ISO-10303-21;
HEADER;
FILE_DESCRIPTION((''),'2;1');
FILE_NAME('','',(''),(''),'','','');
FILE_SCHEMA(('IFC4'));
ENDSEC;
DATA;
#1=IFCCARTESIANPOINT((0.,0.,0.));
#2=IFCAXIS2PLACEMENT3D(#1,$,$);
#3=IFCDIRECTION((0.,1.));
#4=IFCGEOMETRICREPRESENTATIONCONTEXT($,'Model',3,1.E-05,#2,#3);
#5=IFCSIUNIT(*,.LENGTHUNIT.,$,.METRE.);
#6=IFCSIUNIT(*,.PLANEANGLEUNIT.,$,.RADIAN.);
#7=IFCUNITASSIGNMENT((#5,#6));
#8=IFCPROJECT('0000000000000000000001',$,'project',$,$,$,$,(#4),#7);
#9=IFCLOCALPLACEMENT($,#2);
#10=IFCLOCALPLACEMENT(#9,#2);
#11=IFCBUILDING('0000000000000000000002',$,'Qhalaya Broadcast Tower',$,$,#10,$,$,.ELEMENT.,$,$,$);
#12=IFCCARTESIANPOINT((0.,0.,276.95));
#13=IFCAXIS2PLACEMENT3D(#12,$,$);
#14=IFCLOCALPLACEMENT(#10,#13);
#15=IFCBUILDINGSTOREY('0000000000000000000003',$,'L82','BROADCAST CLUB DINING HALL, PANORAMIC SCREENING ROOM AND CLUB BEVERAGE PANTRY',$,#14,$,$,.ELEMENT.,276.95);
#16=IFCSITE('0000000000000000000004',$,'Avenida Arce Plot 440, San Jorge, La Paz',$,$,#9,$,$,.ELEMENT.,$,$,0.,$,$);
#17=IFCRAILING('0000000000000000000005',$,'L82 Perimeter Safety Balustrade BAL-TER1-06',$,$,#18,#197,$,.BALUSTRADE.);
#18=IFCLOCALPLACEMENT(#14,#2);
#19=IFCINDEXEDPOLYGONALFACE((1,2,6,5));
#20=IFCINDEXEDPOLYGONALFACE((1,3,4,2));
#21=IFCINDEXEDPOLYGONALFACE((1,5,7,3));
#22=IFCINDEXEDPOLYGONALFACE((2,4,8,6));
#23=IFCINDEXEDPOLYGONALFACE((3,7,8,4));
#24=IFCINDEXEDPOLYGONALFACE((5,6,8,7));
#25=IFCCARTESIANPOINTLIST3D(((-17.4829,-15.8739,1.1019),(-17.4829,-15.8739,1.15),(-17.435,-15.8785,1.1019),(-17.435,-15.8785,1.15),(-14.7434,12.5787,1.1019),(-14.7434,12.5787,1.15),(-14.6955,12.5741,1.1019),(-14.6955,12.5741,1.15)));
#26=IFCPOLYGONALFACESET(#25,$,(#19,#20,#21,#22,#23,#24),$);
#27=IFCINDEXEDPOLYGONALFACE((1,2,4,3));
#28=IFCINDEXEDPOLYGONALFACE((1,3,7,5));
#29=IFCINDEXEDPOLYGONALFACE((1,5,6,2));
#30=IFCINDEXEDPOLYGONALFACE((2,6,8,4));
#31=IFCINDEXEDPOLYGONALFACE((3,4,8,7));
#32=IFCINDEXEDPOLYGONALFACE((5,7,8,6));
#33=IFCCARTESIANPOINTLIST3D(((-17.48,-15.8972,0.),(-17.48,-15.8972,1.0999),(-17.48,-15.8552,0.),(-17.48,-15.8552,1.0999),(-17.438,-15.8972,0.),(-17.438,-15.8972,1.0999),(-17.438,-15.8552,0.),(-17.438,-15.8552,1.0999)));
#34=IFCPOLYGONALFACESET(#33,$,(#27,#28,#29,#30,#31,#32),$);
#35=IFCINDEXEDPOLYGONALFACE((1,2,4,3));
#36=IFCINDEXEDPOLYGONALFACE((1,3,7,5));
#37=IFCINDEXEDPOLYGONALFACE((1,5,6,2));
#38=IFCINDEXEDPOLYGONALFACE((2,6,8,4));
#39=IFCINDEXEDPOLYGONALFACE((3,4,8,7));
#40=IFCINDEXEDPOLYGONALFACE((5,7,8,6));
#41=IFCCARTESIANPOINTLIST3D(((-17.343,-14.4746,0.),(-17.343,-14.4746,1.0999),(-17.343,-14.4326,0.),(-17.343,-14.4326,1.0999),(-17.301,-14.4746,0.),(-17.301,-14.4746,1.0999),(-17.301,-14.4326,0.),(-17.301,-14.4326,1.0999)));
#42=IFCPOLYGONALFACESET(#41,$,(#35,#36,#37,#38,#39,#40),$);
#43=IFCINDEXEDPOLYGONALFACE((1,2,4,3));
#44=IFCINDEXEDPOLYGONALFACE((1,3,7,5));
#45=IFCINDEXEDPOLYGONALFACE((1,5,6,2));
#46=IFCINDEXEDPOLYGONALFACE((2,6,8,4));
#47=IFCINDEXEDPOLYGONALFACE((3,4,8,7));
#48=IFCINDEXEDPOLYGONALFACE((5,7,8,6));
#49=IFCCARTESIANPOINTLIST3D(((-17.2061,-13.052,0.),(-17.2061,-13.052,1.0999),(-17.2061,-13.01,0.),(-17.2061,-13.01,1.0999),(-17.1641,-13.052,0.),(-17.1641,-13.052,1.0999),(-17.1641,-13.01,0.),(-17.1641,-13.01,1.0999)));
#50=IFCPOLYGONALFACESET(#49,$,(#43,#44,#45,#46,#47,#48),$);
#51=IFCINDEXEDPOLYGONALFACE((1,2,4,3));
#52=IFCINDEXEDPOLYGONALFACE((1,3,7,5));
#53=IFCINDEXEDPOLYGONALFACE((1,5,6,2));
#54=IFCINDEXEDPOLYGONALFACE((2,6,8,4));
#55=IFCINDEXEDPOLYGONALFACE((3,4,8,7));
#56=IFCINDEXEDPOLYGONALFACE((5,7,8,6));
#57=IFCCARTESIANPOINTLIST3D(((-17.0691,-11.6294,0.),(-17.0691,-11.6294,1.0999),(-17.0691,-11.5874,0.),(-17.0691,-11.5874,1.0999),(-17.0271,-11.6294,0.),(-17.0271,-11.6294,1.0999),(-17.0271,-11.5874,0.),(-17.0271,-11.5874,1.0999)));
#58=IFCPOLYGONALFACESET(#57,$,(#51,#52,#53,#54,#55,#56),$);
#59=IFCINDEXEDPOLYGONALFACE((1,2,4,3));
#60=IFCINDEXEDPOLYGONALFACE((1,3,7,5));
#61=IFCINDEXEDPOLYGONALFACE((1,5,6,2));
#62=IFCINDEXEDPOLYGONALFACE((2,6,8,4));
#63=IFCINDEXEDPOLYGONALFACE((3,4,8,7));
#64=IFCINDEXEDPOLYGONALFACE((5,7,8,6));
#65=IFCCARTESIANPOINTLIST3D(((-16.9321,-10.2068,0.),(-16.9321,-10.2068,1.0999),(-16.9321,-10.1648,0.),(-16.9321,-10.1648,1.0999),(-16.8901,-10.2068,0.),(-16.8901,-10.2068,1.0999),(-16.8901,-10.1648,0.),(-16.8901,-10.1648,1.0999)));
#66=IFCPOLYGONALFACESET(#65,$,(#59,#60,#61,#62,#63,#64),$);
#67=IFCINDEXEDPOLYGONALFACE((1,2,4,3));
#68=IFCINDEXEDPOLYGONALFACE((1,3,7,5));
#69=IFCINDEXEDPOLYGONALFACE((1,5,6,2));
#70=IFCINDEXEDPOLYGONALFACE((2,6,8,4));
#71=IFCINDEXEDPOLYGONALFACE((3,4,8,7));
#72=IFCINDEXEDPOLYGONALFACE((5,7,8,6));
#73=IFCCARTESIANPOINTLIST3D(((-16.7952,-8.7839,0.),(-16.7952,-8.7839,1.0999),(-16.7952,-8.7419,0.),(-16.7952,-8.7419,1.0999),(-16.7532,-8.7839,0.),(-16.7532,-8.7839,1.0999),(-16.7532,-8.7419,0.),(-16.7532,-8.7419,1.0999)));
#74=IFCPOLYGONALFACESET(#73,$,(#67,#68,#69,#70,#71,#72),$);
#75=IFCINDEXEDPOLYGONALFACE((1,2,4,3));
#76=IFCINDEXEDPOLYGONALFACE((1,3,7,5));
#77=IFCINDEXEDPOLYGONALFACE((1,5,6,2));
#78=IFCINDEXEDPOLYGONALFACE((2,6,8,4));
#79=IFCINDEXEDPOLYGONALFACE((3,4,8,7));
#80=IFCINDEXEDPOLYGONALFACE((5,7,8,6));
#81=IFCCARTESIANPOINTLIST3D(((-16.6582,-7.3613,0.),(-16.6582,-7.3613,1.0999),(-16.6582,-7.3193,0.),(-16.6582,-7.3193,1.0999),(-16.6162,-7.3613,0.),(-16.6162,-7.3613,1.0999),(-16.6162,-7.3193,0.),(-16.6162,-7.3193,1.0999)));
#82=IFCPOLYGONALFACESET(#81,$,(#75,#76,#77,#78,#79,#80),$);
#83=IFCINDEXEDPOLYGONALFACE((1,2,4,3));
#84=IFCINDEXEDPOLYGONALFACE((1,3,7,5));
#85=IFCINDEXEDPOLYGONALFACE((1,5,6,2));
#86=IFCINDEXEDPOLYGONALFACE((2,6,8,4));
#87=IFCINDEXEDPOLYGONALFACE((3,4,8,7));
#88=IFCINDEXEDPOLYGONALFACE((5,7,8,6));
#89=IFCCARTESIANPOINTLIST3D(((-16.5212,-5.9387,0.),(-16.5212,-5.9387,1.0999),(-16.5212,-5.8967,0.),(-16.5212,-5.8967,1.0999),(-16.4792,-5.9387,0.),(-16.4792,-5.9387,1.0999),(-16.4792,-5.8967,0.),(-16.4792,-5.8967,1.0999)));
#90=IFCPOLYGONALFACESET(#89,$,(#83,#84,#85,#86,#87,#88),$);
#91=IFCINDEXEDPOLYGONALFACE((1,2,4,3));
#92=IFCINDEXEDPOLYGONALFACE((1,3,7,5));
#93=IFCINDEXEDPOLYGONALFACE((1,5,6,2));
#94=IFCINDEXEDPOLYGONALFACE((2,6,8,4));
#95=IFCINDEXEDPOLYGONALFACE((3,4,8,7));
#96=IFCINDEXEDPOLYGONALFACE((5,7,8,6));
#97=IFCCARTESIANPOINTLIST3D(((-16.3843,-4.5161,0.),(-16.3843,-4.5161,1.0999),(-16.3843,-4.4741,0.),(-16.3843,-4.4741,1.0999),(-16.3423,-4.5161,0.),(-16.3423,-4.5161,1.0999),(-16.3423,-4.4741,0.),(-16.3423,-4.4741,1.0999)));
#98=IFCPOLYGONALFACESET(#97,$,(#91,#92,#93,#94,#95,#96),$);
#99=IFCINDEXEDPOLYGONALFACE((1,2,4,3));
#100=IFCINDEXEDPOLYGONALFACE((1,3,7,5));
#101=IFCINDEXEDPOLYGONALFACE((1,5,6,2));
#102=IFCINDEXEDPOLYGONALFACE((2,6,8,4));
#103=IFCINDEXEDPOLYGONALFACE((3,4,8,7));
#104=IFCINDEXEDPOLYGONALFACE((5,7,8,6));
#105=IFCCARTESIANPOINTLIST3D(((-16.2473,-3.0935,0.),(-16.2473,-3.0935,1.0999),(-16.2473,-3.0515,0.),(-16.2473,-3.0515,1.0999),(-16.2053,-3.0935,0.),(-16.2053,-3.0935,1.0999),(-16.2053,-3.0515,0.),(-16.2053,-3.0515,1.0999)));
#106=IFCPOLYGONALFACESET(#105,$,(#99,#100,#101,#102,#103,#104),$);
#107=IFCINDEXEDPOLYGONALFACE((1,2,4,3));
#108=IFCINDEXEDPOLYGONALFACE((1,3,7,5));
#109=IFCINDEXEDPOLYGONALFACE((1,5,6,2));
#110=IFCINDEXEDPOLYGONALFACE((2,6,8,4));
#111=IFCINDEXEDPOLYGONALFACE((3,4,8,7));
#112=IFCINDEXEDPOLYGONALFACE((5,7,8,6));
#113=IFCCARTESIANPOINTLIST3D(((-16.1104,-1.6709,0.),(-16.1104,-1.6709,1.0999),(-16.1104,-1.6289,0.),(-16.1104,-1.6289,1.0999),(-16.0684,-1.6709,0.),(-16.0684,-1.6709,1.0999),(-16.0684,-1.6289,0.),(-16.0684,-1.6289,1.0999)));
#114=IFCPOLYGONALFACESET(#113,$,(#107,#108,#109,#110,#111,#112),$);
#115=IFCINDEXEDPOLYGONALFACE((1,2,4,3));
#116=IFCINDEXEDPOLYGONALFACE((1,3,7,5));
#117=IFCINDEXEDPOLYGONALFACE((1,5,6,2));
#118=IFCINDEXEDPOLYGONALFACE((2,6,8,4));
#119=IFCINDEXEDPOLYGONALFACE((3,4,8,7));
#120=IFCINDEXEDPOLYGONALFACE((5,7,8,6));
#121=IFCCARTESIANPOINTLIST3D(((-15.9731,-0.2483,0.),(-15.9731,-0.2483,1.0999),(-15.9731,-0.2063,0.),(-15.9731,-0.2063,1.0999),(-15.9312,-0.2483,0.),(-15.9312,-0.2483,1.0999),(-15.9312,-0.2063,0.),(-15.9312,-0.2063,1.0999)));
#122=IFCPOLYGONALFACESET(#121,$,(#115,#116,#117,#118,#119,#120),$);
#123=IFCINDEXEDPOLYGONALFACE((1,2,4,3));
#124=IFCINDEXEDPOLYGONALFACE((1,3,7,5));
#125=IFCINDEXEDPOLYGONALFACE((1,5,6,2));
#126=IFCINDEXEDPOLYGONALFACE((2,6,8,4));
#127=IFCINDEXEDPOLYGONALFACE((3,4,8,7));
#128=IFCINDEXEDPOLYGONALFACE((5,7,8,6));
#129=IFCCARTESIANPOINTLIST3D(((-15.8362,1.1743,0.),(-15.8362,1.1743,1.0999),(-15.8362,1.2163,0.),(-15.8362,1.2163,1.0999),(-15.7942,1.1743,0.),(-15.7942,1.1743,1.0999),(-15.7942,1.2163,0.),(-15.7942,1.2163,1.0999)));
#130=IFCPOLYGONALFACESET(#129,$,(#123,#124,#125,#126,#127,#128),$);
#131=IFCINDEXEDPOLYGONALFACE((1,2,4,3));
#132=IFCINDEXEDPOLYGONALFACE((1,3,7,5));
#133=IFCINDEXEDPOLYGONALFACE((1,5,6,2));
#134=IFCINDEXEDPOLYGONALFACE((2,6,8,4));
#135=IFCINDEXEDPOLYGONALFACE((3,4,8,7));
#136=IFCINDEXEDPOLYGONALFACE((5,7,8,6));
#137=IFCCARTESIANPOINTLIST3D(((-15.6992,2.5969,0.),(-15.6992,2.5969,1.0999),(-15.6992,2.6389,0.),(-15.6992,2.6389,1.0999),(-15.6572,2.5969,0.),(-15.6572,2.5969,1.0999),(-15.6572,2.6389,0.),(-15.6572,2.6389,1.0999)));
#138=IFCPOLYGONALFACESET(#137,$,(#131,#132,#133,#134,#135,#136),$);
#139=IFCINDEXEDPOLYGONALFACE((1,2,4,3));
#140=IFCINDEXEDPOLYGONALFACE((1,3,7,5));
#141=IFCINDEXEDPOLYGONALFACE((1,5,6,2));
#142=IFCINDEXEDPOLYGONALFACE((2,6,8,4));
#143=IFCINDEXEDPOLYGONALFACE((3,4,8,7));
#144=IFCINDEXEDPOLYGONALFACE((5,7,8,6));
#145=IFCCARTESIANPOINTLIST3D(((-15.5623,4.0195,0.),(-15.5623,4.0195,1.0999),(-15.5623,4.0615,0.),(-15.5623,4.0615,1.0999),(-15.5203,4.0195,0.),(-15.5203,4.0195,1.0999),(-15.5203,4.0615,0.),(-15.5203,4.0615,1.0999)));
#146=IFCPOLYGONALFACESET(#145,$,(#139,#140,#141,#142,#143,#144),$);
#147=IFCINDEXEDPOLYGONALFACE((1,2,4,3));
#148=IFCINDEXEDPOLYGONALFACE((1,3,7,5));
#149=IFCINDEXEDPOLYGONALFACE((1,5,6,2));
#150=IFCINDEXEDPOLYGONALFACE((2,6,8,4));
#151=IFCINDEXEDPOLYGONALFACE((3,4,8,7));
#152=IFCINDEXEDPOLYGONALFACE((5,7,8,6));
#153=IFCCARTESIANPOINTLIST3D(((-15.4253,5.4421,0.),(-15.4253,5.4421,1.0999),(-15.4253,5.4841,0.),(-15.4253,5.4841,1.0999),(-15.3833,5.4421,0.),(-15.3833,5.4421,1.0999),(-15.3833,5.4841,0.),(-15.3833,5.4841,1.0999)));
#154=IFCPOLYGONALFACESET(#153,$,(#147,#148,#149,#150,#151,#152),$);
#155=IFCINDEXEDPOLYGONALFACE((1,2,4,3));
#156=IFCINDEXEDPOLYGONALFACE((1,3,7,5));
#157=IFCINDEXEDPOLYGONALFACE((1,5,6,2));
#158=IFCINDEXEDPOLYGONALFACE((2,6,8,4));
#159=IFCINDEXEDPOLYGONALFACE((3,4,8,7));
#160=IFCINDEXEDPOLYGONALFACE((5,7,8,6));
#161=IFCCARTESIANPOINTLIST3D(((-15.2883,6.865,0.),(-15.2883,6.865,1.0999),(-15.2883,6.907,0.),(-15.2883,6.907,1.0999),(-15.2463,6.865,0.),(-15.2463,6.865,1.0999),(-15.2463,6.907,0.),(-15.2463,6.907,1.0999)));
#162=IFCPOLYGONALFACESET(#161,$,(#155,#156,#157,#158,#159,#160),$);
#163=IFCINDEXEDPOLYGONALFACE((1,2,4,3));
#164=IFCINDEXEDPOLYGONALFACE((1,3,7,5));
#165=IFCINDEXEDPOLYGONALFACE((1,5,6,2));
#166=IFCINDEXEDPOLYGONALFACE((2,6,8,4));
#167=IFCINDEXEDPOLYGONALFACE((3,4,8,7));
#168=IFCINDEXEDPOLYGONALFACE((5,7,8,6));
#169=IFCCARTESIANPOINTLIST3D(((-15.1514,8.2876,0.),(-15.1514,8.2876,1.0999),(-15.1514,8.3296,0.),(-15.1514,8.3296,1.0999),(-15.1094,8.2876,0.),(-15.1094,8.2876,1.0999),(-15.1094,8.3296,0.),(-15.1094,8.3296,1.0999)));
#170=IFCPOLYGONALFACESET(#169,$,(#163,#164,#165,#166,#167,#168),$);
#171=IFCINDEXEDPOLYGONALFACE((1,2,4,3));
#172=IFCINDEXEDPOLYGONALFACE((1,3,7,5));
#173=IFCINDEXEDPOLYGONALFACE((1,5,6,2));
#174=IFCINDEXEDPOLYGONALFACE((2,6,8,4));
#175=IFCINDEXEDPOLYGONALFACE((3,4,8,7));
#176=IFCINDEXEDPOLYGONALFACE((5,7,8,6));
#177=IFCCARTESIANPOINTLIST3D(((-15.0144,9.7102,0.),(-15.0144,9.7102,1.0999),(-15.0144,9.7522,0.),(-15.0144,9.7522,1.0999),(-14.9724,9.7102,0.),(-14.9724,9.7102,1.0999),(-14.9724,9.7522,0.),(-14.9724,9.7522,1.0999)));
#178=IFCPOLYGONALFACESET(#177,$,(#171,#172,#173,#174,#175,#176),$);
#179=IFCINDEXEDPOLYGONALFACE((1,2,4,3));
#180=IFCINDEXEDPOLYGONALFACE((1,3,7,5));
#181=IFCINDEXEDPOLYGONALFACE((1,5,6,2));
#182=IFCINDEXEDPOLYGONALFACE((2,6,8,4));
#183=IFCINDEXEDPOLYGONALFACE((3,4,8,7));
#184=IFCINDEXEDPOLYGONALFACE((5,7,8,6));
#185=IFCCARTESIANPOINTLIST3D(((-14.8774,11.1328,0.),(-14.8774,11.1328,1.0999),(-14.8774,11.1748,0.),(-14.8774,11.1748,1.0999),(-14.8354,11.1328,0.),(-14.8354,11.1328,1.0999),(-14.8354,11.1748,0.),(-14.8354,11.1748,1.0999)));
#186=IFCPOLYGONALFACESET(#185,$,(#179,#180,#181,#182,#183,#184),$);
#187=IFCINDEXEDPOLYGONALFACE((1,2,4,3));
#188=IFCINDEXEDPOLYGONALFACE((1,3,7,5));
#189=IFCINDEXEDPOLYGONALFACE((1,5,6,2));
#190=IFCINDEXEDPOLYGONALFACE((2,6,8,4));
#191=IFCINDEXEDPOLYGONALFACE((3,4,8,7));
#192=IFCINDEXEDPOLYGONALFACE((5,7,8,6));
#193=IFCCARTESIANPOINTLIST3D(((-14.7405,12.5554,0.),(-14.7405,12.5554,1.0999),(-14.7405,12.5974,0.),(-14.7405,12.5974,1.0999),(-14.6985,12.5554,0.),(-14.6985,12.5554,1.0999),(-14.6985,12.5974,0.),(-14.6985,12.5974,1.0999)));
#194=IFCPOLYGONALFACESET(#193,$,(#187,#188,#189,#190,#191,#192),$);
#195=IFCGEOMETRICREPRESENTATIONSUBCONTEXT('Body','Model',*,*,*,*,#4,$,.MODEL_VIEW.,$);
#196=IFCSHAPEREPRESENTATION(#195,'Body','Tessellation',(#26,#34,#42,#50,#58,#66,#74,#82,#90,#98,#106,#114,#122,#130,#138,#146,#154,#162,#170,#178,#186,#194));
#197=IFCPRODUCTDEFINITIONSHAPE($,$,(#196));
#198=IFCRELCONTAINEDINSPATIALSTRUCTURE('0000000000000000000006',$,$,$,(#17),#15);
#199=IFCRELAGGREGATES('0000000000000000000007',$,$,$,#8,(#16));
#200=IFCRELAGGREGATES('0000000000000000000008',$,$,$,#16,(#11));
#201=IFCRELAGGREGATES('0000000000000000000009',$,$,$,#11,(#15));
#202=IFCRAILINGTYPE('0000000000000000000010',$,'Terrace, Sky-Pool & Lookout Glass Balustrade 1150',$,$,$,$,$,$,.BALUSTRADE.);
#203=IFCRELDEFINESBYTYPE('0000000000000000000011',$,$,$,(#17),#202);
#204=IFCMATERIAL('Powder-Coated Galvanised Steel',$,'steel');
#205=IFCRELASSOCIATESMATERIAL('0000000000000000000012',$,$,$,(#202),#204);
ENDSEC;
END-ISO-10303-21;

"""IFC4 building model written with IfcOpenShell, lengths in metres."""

from ifc_helpers import new_model, si_unit, direction, frame, origin, origin_2d, place, context, subcontext, project, spatial, rectangle, extrude, material, type_object, element, save


model = new_model("IFC4")

# Units and contexts
model_context = context("Model", 3, precision=1e-05, world=origin(), true_north=direction((0.0, 1.0)))
body_context = subcontext(model_context, "Body", "Model", "MODEL_VIEW")
ifc_project = project(units=[si_unit("LENGTHUNIT", "METRE"), si_unit("PLANEANGLEUNIT", "RADIAN")], contexts=[model_context])

# Site, building, storey
site_placement = place(None, origin())
site = spatial("IfcSite", under=ifc_project, at=site_placement, Name="Avenida Arce Plot 440, San Jorge, La Paz", CompositionType="ELEMENT", RefElevation=0.0)
building_placement = place(site_placement, origin())
building = spatial("IfcBuilding", under=site, at=building_placement, Name="Qhalaya Broadcast Tower", CompositionType="ELEMENT")
storey_placement = place(building_placement, frame((0.0, 0.0, 276.95)))
storey = spatial("IfcBuildingStorey", under=building, at=storey_placement, Name="L82", Description="BROADCAST CLUB DINING HALL, PANORAMIC SCREENING ROOM AND CLUB BEVERAGE PANTRY", CompositionType="ELEMENT", Elevation=276.95)

# Railing
ifc_material_1 = material(Name="Powder-Coated Galvanised Steel", Category="steel")
railing_type = type_object("IfcRailingType", Name="Terrace, Sky-Pool & Lookout Glass Balustrade 1150", PredefinedType="BALUSTRADE", material=ifc_material_1)
railing_1_placement = place(storey_placement, frame((-17.459, -15.8762, 0.0)))
element("IfcRailing", 1, at=railing_1_placement, inside=storey, type_object=railing_type, Name="L82 Perimeter Safety Balustrade BAL-TER1-06", PredefinedType="BALUSTRADE", context=body_context, shape_type="SweptSolid", body=[
    extrude(rectangle(XDim=0.0481, YDim=0.0481, at=origin_2d()), frame((0.0, 0.0, 1.126), z_axis=(0.09584, 0.995397, 0.0), x_axis=(-0.995397, 0.09584, 0.0)), (0.0, 0.0, 1.0), 28.5842),
    extrude(rectangle(XDim=0.042, YDim=0.042, at=origin_2d()), origin(), (0.0, 0.0, 1.0), 1.0999),
    extrude(rectangle(XDim=0.042, YDim=0.042, at=origin_2d()), frame((0.137, 1.4226, 0.0)), (0.0, 0.0, 1.0), 1.0999),
    extrude(rectangle(XDim=0.042, YDim=0.042, at=origin_2d()), frame((0.2739, 2.8452, 0.0)), (0.0, 0.0, 1.0), 1.0999),
    extrude(rectangle(XDim=0.042, YDim=0.042, at=origin_2d()), frame((0.4109, 4.2678, 0.0)), (0.0, 0.0, 1.0), 1.0999),
    extrude(rectangle(XDim=0.042, YDim=0.042, at=origin_2d()), frame((0.5479, 5.6904, 0.0)), (0.0, 0.0, 1.0), 1.0999),
    extrude(rectangle(XDim=0.042, YDim=0.042, at=origin_2d()), frame((0.6848, 7.1133, 0.0)), (0.0, 0.0, 1.0), 1.0999),
    extrude(rectangle(XDim=0.042, YDim=0.042, at=origin_2d()), frame((0.8218, 8.5359, 0.0)), (0.0, 0.0, 1.0), 1.0999),
    extrude(rectangle(XDim=0.042, YDim=0.042, at=origin_2d()), frame((0.9587, 9.9585, 0.0)), (0.0, 0.0, 1.0), 1.0999),
    extrude(rectangle(XDim=0.042, YDim=0.042, at=origin_2d()), frame((1.0957, 11.3811, 0.0)), (0.0, 0.0, 1.0), 1.0999),
    extrude(rectangle(XDim=0.042, YDim=0.042, at=origin_2d()), frame((1.2327, 12.8037, 0.0)), (0.0, 0.0, 1.0), 1.0999),
    extrude(rectangle(XDim=0.042, YDim=0.042, at=origin_2d()), frame((1.3696, 14.2263, 0.0)), (0.0, 0.0, 1.0), 1.0999),
    extrude(rectangle(XDim=0.042, YDim=0.042, at=origin_2d()), frame((1.5068, 15.6489, 0.0)), (0.0, 0.0, 1.0), 1.0999),
    extrude(rectangle(XDim=0.042, YDim=0.042, at=origin_2d()), frame((1.6438, 17.0715, 0.0)), (0.0, 0.0, 1.0), 1.0999),
    extrude(rectangle(XDim=0.042, YDim=0.042, at=origin_2d()), frame((1.7808, 18.4941, 0.0)), (0.0, 0.0, 1.0), 1.0999),
    extrude(rectangle(XDim=0.042, YDim=0.042, at=origin_2d()), frame((1.9177, 19.9167, 0.0)), (0.0, 0.0, 1.0), 1.0999),
    extrude(rectangle(XDim=0.042, YDim=0.042, at=origin_2d()), frame((2.0547, 21.3394, 0.0)), (0.0, 0.0, 1.0), 1.0999),
    extrude(rectangle(XDim=0.042, YDim=0.042, at=origin_2d()), frame((2.1917, 22.7622, 0.0)), (0.0, 0.0, 1.0), 1.0999),
    extrude(rectangle(XDim=0.042, YDim=0.042, at=origin_2d()), frame((2.3286, 24.1848, 0.0)), (0.0, 0.0, 1.0), 1.0999),
    extrude(rectangle(XDim=0.042, YDim=0.042, at=origin_2d()), frame((2.4656, 25.6074, 0.0)), (0.0, 0.0, 1.0), 1.0999),
    extrude(rectangle(XDim=0.042, YDim=0.042, at=origin_2d()), frame((2.6025, 27.03, 0.0)), (0.0, 0.0, 1.0), 1.0999),
    extrude(rectangle(XDim=0.042, YDim=0.042, at=origin_2d()), frame((2.7395, 28.4526, 0.0)), (0.0, 0.0, 1.0), 1.0999),
])

save(model, "model.ifc")
